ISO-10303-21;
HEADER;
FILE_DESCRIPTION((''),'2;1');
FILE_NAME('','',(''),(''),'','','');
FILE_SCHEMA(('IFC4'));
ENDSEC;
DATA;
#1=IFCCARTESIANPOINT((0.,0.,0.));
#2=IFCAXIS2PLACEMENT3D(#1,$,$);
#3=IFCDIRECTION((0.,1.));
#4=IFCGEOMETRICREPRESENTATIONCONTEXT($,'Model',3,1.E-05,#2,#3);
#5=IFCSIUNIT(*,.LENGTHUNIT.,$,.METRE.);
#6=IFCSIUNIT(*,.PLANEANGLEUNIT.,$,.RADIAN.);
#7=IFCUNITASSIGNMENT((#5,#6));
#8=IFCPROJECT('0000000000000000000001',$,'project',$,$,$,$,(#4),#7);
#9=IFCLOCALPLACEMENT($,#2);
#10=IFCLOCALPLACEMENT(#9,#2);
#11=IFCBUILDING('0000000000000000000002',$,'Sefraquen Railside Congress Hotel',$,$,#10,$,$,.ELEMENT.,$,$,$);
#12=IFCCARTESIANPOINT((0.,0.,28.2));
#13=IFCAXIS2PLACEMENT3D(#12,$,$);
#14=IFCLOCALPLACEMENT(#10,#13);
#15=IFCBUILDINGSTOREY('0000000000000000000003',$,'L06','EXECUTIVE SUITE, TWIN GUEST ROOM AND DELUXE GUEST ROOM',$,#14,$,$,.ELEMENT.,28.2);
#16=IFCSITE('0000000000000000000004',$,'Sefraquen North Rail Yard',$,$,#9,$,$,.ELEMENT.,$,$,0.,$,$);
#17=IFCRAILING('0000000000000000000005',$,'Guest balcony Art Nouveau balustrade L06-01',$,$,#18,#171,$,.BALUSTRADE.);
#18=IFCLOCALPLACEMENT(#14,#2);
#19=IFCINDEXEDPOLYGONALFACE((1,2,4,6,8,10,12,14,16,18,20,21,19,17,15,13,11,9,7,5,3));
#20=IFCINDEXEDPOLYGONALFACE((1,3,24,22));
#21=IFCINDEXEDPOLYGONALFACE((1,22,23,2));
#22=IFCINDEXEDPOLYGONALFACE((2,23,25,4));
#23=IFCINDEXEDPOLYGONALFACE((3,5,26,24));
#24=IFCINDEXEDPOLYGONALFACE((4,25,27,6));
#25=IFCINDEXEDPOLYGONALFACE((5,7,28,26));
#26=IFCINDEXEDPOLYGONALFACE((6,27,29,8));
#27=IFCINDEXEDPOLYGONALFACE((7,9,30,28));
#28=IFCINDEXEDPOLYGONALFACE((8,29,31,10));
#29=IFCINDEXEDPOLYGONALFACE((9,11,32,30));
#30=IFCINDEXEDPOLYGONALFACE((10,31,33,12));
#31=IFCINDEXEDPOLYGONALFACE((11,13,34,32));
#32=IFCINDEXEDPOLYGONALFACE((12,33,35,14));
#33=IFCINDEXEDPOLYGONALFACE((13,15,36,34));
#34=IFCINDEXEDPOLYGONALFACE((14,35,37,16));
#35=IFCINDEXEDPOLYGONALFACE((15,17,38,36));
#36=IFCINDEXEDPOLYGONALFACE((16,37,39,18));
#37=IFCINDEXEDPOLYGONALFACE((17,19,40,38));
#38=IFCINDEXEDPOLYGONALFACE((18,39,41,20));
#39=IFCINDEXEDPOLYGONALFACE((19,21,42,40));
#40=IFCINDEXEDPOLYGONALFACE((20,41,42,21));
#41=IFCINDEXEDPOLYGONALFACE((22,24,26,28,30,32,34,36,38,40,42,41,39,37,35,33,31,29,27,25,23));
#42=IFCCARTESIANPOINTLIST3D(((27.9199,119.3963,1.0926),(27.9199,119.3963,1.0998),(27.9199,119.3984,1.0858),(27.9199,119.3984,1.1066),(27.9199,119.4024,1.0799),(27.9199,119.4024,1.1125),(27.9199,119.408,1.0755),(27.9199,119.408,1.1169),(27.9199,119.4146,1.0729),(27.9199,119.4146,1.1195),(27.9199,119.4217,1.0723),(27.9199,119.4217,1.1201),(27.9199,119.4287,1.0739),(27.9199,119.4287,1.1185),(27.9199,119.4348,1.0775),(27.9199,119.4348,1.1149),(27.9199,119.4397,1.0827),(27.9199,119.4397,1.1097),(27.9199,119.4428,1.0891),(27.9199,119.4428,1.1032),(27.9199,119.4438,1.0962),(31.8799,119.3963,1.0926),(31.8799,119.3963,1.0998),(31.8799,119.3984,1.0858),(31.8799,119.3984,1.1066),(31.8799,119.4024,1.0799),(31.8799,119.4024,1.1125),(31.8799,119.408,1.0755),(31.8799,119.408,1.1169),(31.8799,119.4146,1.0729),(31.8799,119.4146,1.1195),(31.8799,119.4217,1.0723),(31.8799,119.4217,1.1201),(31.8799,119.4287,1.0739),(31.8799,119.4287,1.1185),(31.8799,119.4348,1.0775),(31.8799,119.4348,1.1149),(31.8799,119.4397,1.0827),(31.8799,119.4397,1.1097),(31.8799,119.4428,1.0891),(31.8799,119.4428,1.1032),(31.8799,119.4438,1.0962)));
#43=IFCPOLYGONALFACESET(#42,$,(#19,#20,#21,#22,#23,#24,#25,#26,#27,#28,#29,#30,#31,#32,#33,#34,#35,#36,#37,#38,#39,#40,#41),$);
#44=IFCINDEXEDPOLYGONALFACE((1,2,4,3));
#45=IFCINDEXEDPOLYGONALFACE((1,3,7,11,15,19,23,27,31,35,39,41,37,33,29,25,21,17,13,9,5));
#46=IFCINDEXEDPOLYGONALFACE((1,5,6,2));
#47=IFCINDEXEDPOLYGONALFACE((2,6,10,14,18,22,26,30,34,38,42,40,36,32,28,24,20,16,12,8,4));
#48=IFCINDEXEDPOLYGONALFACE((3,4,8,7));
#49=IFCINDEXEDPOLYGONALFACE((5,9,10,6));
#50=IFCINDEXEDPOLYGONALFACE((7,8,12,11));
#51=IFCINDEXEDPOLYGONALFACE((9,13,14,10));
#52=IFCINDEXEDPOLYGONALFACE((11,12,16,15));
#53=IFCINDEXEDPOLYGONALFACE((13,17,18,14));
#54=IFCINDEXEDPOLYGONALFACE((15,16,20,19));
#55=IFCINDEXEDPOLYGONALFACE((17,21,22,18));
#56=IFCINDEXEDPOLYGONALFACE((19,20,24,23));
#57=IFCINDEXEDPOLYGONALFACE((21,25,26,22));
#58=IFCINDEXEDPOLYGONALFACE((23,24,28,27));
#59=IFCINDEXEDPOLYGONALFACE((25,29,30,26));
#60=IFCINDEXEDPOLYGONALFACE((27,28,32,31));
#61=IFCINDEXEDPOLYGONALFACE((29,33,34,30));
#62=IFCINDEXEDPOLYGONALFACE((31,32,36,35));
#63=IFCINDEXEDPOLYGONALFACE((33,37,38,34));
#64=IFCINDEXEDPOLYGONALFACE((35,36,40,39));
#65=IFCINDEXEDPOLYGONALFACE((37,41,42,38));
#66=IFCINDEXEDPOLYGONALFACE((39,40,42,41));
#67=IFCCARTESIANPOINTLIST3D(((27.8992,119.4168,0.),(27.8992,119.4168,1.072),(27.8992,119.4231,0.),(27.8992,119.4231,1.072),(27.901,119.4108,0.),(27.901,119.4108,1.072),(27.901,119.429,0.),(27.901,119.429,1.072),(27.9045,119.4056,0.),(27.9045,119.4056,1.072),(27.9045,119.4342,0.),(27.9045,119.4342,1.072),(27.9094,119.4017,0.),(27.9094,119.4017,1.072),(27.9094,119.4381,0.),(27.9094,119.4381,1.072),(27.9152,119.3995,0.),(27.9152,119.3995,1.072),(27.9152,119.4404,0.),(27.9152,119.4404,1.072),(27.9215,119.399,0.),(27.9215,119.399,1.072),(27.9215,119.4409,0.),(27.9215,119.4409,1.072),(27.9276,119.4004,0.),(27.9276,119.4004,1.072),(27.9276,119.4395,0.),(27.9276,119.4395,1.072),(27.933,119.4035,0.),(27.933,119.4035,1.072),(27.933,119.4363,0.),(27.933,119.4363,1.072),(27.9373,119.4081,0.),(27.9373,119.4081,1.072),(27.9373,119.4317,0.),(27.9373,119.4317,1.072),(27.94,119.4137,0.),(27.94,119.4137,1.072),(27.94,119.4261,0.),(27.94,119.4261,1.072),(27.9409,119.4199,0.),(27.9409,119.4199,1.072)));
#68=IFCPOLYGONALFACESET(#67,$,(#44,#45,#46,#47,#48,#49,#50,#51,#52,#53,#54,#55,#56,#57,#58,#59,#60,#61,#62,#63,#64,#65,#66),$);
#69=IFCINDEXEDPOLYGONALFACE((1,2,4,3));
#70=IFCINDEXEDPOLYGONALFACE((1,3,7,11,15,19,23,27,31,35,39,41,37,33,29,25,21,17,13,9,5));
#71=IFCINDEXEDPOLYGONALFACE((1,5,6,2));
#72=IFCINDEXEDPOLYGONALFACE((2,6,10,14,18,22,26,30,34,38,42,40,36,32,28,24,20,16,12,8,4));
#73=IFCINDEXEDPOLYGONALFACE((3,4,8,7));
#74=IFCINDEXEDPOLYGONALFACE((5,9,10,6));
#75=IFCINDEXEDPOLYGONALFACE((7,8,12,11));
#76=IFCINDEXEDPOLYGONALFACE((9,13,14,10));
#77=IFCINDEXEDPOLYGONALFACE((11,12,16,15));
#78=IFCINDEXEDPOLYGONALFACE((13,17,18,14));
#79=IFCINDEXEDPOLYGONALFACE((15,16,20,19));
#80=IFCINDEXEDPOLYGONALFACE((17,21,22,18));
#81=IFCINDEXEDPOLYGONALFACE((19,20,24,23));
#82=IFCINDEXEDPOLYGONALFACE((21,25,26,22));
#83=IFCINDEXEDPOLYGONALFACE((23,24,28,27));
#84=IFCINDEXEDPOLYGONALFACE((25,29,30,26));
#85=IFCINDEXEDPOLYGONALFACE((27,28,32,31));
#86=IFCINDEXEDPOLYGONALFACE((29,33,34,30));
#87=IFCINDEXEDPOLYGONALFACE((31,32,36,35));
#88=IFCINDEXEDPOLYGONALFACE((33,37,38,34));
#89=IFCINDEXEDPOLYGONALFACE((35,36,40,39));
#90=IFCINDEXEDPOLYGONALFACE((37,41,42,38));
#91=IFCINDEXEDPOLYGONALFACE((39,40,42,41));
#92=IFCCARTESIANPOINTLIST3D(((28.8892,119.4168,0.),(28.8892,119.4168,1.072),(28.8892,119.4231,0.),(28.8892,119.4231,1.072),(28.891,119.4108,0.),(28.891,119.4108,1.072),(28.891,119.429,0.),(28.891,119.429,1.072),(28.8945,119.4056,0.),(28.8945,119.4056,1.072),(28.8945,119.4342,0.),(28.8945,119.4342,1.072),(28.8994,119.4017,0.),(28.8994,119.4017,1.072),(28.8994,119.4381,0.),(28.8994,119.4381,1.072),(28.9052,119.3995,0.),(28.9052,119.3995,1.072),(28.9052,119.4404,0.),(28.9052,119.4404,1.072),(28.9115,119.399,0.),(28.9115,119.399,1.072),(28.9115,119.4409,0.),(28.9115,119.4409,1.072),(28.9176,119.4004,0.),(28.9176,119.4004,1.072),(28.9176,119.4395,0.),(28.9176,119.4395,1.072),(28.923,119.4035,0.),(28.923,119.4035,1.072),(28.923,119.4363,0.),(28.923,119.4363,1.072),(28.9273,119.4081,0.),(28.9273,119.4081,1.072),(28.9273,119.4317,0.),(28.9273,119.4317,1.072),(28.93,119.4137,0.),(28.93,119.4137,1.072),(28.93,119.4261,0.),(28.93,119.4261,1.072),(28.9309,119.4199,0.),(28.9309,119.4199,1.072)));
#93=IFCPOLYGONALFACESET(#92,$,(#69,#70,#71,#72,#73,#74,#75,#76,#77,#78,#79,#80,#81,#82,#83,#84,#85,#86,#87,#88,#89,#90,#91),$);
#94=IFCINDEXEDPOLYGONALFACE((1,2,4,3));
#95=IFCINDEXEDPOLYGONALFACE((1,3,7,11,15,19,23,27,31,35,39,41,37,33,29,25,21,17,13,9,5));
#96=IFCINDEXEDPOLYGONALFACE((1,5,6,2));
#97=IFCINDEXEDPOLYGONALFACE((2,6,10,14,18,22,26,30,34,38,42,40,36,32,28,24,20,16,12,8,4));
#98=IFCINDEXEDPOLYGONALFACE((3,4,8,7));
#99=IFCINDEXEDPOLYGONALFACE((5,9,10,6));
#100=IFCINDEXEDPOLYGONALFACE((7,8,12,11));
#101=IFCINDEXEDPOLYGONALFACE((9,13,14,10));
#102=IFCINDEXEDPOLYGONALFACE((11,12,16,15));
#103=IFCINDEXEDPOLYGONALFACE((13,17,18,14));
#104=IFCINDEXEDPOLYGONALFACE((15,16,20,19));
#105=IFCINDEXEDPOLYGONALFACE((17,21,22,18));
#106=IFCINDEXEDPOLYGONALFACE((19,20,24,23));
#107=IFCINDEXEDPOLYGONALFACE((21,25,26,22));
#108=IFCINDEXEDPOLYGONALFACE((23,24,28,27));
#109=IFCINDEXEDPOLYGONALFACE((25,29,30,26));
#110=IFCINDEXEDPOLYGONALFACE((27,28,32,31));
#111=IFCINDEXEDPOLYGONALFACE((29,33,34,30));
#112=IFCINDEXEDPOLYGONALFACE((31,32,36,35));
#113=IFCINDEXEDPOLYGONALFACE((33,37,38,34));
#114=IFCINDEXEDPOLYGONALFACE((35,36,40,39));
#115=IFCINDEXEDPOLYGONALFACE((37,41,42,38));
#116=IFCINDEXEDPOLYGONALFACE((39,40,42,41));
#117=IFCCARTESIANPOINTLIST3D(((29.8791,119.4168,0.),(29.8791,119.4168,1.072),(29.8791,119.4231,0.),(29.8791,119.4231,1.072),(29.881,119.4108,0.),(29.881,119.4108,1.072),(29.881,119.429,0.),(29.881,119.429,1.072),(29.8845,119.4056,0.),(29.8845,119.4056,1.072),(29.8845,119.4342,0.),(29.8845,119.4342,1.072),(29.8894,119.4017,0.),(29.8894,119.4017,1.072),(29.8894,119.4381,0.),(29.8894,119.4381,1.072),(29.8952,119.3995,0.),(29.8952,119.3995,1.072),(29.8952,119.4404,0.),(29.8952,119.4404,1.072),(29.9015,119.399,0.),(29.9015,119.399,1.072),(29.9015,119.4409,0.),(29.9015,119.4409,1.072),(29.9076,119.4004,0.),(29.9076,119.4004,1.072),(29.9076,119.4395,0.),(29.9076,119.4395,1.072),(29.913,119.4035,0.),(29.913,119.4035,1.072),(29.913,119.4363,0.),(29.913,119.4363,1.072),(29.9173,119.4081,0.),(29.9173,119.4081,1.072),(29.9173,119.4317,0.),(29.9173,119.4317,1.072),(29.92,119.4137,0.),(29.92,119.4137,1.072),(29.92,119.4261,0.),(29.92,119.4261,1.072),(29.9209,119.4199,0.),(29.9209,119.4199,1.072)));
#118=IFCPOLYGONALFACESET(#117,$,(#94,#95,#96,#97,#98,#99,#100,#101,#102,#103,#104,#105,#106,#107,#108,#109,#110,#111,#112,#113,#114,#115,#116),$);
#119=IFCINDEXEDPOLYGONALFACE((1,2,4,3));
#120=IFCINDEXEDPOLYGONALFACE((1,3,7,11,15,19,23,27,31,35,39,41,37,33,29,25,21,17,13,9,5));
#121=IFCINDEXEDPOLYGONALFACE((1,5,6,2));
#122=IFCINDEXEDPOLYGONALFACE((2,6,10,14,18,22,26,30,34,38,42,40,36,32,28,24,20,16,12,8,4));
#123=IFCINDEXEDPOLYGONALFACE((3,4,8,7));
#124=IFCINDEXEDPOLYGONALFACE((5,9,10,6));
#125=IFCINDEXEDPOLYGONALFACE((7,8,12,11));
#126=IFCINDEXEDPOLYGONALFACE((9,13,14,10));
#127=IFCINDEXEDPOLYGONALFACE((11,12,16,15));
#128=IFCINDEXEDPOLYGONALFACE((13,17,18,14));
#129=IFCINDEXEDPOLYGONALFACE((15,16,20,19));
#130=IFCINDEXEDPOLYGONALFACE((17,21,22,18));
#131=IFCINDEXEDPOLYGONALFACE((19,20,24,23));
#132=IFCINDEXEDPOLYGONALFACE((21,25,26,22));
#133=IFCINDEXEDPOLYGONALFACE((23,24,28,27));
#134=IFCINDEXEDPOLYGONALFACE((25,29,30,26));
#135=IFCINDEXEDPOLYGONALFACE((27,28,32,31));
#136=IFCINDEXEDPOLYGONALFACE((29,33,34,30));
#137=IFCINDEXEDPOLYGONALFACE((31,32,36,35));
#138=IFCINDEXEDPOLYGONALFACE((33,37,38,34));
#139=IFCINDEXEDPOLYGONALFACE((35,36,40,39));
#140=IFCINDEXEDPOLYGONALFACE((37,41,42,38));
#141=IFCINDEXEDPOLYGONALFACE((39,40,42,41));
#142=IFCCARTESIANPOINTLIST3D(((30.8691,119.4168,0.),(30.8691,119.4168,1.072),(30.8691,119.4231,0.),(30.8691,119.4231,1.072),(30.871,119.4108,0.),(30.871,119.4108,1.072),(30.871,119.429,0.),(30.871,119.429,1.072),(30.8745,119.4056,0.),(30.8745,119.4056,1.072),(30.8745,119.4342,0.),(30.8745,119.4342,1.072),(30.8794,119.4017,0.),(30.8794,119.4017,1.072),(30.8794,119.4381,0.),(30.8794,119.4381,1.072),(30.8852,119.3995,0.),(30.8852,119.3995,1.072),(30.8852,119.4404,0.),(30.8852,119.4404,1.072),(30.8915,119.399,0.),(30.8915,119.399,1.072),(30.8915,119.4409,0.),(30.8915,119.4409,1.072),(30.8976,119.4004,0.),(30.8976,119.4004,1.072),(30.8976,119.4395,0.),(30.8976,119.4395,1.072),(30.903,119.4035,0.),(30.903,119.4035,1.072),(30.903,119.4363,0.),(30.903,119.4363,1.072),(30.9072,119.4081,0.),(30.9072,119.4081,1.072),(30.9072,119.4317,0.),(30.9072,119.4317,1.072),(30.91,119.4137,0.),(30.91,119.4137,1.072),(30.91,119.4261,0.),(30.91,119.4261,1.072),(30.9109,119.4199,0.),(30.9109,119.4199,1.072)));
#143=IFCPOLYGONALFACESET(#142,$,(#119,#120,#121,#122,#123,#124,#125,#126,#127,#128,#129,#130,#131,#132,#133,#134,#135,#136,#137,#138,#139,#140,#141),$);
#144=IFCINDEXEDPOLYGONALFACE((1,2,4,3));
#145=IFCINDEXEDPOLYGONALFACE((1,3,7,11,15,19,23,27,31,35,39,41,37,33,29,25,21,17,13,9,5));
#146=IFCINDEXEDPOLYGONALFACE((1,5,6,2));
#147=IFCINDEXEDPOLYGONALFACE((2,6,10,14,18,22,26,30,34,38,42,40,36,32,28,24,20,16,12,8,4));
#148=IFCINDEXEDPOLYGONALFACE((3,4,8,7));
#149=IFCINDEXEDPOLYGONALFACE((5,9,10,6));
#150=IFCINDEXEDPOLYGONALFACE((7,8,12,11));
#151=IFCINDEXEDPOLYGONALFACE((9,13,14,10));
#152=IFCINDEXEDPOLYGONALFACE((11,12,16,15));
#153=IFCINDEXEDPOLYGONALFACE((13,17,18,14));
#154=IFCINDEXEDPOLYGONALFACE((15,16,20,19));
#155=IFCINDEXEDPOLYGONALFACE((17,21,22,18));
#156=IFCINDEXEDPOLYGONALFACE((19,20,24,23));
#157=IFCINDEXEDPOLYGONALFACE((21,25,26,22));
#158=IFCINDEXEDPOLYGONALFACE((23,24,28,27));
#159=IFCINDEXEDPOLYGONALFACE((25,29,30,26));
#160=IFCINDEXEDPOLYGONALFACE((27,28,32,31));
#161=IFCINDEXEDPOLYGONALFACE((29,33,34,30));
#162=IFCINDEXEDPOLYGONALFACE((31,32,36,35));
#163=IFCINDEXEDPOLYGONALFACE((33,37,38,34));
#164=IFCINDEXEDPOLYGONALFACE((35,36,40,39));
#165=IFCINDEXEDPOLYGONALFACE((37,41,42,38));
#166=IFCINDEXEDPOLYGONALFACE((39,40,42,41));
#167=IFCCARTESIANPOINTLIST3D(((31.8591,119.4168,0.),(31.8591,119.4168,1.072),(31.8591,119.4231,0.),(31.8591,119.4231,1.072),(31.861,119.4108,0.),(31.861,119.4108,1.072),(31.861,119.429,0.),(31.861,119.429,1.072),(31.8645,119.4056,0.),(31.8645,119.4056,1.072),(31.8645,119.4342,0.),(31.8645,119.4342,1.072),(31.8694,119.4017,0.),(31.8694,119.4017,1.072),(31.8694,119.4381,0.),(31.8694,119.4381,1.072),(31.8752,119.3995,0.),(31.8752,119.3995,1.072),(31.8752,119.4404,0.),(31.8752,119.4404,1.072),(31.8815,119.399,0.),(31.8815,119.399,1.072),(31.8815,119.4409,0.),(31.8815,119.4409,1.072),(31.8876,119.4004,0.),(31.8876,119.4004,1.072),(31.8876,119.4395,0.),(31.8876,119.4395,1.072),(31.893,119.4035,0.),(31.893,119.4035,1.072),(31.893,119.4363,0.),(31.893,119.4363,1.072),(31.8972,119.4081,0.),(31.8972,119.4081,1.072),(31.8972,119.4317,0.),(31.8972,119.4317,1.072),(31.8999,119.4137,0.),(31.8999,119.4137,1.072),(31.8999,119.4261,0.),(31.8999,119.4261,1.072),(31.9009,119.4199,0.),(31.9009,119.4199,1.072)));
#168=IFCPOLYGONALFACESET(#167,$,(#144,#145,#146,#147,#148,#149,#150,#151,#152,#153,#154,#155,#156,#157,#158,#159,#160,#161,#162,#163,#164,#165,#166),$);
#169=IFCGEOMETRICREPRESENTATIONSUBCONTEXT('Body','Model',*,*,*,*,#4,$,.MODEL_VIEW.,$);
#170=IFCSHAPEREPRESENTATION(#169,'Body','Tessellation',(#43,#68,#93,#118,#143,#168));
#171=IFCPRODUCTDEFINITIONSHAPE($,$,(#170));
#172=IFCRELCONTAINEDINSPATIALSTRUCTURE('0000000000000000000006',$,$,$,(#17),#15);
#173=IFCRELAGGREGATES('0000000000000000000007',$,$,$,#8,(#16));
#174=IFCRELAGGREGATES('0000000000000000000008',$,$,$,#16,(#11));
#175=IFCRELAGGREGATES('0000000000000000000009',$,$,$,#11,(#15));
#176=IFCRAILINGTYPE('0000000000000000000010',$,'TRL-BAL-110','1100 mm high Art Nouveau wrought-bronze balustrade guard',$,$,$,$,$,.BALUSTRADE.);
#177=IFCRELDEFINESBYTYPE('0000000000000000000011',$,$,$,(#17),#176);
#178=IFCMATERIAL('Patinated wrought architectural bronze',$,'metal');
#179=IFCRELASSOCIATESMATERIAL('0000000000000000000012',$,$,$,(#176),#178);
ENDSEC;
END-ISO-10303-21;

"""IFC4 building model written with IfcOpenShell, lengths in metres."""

from ifc_helpers import new_model, si_unit, direction, frame, origin, origin_2d, place, context, subcontext, project, spatial, circle, extrude, material, type_object, element, save


model = new_model("IFC4")

# Units and contexts
model_context = context("Model", 3, precision=1e-05, world=origin(), true_north=direction((0.0, 1.0)))
body_context = subcontext(model_context, "Body", "Model", "MODEL_VIEW")
ifc_project = project(units=[si_unit("LENGTHUNIT", "METRE"), si_unit("PLANEANGLEUNIT", "RADIAN")], contexts=[model_context])

# Site, building, storey
site_placement = place(None, origin())
site = spatial("IfcSite", under=ifc_project, at=site_placement, Name="Sefraquen North Rail Yard", CompositionType="ELEMENT", RefElevation=0.0)
building_placement = place(site_placement, origin())
building = spatial("IfcBuilding", under=site, at=building_placement, Name="Sefraquen Railside Congress Hotel", CompositionType="ELEMENT")
storey_placement = place(building_placement, frame((0.0, 0.0, 28.2)))
storey = spatial("IfcBuildingStorey", under=building, at=storey_placement, Name="L06", Description="EXECUTIVE SUITE, TWIN GUEST ROOM AND DELUXE GUEST ROOM", CompositionType="ELEMENT", Elevation=28.2)

# Railing
ifc_material_1 = material(Name="Patinated wrought architectural bronze", Category="metal")
railing_type = type_object("IfcRailingType", Name="TRL-BAL-110", Description="1100 mm high Art Nouveau wrought-bronze balustrade guard", PredefinedType="BALUSTRADE", material=ifc_material_1)
railing_1_placement = place(storey_placement, frame((27.9199, 119.4199, 0.0)))
element("IfcRailing", 1, at=railing_1_placement, inside=storey, type_object=railing_type, Name="Guest balcony Art Nouveau balustrade L06-01", PredefinedType="BALUSTRADE", context=body_context, shape_type="SweptSolid", body=[
    extrude(circle(Radius=0.0239, at=origin_2d()), frame((0.0, 0.0, 1.0962), z_axis=(1.0, 0.0, 0.0), x_axis=(0.0, 1.0, 0.0)), (0.0, 0.0, 1.0), 3.96),
    extrude(circle(Radius=0.021, at=origin_2d()), origin(), (0.0, 0.0, 1.0), 1.072),
    extrude(circle(Radius=0.021, at=origin_2d()), frame((0.99, 0.0, 0.0)), (0.0, 0.0, 1.0), 1.072),
    extrude(circle(Radius=0.021, at=origin_2d()), frame((1.98, 0.0, 0.0)), (0.0, 0.0, 1.0), 1.072),
    extrude(circle(Radius=0.021, at=origin_2d()), frame((2.97, 0.0, 0.0)), (0.0, 0.0, 1.0), 1.072),
    extrude(circle(Radius=0.021, at=origin_2d()), frame((3.96, 0.0, 0.0)), (0.0, 0.0, 1.0), 1.072),
])

save(model, "model.ifc")
